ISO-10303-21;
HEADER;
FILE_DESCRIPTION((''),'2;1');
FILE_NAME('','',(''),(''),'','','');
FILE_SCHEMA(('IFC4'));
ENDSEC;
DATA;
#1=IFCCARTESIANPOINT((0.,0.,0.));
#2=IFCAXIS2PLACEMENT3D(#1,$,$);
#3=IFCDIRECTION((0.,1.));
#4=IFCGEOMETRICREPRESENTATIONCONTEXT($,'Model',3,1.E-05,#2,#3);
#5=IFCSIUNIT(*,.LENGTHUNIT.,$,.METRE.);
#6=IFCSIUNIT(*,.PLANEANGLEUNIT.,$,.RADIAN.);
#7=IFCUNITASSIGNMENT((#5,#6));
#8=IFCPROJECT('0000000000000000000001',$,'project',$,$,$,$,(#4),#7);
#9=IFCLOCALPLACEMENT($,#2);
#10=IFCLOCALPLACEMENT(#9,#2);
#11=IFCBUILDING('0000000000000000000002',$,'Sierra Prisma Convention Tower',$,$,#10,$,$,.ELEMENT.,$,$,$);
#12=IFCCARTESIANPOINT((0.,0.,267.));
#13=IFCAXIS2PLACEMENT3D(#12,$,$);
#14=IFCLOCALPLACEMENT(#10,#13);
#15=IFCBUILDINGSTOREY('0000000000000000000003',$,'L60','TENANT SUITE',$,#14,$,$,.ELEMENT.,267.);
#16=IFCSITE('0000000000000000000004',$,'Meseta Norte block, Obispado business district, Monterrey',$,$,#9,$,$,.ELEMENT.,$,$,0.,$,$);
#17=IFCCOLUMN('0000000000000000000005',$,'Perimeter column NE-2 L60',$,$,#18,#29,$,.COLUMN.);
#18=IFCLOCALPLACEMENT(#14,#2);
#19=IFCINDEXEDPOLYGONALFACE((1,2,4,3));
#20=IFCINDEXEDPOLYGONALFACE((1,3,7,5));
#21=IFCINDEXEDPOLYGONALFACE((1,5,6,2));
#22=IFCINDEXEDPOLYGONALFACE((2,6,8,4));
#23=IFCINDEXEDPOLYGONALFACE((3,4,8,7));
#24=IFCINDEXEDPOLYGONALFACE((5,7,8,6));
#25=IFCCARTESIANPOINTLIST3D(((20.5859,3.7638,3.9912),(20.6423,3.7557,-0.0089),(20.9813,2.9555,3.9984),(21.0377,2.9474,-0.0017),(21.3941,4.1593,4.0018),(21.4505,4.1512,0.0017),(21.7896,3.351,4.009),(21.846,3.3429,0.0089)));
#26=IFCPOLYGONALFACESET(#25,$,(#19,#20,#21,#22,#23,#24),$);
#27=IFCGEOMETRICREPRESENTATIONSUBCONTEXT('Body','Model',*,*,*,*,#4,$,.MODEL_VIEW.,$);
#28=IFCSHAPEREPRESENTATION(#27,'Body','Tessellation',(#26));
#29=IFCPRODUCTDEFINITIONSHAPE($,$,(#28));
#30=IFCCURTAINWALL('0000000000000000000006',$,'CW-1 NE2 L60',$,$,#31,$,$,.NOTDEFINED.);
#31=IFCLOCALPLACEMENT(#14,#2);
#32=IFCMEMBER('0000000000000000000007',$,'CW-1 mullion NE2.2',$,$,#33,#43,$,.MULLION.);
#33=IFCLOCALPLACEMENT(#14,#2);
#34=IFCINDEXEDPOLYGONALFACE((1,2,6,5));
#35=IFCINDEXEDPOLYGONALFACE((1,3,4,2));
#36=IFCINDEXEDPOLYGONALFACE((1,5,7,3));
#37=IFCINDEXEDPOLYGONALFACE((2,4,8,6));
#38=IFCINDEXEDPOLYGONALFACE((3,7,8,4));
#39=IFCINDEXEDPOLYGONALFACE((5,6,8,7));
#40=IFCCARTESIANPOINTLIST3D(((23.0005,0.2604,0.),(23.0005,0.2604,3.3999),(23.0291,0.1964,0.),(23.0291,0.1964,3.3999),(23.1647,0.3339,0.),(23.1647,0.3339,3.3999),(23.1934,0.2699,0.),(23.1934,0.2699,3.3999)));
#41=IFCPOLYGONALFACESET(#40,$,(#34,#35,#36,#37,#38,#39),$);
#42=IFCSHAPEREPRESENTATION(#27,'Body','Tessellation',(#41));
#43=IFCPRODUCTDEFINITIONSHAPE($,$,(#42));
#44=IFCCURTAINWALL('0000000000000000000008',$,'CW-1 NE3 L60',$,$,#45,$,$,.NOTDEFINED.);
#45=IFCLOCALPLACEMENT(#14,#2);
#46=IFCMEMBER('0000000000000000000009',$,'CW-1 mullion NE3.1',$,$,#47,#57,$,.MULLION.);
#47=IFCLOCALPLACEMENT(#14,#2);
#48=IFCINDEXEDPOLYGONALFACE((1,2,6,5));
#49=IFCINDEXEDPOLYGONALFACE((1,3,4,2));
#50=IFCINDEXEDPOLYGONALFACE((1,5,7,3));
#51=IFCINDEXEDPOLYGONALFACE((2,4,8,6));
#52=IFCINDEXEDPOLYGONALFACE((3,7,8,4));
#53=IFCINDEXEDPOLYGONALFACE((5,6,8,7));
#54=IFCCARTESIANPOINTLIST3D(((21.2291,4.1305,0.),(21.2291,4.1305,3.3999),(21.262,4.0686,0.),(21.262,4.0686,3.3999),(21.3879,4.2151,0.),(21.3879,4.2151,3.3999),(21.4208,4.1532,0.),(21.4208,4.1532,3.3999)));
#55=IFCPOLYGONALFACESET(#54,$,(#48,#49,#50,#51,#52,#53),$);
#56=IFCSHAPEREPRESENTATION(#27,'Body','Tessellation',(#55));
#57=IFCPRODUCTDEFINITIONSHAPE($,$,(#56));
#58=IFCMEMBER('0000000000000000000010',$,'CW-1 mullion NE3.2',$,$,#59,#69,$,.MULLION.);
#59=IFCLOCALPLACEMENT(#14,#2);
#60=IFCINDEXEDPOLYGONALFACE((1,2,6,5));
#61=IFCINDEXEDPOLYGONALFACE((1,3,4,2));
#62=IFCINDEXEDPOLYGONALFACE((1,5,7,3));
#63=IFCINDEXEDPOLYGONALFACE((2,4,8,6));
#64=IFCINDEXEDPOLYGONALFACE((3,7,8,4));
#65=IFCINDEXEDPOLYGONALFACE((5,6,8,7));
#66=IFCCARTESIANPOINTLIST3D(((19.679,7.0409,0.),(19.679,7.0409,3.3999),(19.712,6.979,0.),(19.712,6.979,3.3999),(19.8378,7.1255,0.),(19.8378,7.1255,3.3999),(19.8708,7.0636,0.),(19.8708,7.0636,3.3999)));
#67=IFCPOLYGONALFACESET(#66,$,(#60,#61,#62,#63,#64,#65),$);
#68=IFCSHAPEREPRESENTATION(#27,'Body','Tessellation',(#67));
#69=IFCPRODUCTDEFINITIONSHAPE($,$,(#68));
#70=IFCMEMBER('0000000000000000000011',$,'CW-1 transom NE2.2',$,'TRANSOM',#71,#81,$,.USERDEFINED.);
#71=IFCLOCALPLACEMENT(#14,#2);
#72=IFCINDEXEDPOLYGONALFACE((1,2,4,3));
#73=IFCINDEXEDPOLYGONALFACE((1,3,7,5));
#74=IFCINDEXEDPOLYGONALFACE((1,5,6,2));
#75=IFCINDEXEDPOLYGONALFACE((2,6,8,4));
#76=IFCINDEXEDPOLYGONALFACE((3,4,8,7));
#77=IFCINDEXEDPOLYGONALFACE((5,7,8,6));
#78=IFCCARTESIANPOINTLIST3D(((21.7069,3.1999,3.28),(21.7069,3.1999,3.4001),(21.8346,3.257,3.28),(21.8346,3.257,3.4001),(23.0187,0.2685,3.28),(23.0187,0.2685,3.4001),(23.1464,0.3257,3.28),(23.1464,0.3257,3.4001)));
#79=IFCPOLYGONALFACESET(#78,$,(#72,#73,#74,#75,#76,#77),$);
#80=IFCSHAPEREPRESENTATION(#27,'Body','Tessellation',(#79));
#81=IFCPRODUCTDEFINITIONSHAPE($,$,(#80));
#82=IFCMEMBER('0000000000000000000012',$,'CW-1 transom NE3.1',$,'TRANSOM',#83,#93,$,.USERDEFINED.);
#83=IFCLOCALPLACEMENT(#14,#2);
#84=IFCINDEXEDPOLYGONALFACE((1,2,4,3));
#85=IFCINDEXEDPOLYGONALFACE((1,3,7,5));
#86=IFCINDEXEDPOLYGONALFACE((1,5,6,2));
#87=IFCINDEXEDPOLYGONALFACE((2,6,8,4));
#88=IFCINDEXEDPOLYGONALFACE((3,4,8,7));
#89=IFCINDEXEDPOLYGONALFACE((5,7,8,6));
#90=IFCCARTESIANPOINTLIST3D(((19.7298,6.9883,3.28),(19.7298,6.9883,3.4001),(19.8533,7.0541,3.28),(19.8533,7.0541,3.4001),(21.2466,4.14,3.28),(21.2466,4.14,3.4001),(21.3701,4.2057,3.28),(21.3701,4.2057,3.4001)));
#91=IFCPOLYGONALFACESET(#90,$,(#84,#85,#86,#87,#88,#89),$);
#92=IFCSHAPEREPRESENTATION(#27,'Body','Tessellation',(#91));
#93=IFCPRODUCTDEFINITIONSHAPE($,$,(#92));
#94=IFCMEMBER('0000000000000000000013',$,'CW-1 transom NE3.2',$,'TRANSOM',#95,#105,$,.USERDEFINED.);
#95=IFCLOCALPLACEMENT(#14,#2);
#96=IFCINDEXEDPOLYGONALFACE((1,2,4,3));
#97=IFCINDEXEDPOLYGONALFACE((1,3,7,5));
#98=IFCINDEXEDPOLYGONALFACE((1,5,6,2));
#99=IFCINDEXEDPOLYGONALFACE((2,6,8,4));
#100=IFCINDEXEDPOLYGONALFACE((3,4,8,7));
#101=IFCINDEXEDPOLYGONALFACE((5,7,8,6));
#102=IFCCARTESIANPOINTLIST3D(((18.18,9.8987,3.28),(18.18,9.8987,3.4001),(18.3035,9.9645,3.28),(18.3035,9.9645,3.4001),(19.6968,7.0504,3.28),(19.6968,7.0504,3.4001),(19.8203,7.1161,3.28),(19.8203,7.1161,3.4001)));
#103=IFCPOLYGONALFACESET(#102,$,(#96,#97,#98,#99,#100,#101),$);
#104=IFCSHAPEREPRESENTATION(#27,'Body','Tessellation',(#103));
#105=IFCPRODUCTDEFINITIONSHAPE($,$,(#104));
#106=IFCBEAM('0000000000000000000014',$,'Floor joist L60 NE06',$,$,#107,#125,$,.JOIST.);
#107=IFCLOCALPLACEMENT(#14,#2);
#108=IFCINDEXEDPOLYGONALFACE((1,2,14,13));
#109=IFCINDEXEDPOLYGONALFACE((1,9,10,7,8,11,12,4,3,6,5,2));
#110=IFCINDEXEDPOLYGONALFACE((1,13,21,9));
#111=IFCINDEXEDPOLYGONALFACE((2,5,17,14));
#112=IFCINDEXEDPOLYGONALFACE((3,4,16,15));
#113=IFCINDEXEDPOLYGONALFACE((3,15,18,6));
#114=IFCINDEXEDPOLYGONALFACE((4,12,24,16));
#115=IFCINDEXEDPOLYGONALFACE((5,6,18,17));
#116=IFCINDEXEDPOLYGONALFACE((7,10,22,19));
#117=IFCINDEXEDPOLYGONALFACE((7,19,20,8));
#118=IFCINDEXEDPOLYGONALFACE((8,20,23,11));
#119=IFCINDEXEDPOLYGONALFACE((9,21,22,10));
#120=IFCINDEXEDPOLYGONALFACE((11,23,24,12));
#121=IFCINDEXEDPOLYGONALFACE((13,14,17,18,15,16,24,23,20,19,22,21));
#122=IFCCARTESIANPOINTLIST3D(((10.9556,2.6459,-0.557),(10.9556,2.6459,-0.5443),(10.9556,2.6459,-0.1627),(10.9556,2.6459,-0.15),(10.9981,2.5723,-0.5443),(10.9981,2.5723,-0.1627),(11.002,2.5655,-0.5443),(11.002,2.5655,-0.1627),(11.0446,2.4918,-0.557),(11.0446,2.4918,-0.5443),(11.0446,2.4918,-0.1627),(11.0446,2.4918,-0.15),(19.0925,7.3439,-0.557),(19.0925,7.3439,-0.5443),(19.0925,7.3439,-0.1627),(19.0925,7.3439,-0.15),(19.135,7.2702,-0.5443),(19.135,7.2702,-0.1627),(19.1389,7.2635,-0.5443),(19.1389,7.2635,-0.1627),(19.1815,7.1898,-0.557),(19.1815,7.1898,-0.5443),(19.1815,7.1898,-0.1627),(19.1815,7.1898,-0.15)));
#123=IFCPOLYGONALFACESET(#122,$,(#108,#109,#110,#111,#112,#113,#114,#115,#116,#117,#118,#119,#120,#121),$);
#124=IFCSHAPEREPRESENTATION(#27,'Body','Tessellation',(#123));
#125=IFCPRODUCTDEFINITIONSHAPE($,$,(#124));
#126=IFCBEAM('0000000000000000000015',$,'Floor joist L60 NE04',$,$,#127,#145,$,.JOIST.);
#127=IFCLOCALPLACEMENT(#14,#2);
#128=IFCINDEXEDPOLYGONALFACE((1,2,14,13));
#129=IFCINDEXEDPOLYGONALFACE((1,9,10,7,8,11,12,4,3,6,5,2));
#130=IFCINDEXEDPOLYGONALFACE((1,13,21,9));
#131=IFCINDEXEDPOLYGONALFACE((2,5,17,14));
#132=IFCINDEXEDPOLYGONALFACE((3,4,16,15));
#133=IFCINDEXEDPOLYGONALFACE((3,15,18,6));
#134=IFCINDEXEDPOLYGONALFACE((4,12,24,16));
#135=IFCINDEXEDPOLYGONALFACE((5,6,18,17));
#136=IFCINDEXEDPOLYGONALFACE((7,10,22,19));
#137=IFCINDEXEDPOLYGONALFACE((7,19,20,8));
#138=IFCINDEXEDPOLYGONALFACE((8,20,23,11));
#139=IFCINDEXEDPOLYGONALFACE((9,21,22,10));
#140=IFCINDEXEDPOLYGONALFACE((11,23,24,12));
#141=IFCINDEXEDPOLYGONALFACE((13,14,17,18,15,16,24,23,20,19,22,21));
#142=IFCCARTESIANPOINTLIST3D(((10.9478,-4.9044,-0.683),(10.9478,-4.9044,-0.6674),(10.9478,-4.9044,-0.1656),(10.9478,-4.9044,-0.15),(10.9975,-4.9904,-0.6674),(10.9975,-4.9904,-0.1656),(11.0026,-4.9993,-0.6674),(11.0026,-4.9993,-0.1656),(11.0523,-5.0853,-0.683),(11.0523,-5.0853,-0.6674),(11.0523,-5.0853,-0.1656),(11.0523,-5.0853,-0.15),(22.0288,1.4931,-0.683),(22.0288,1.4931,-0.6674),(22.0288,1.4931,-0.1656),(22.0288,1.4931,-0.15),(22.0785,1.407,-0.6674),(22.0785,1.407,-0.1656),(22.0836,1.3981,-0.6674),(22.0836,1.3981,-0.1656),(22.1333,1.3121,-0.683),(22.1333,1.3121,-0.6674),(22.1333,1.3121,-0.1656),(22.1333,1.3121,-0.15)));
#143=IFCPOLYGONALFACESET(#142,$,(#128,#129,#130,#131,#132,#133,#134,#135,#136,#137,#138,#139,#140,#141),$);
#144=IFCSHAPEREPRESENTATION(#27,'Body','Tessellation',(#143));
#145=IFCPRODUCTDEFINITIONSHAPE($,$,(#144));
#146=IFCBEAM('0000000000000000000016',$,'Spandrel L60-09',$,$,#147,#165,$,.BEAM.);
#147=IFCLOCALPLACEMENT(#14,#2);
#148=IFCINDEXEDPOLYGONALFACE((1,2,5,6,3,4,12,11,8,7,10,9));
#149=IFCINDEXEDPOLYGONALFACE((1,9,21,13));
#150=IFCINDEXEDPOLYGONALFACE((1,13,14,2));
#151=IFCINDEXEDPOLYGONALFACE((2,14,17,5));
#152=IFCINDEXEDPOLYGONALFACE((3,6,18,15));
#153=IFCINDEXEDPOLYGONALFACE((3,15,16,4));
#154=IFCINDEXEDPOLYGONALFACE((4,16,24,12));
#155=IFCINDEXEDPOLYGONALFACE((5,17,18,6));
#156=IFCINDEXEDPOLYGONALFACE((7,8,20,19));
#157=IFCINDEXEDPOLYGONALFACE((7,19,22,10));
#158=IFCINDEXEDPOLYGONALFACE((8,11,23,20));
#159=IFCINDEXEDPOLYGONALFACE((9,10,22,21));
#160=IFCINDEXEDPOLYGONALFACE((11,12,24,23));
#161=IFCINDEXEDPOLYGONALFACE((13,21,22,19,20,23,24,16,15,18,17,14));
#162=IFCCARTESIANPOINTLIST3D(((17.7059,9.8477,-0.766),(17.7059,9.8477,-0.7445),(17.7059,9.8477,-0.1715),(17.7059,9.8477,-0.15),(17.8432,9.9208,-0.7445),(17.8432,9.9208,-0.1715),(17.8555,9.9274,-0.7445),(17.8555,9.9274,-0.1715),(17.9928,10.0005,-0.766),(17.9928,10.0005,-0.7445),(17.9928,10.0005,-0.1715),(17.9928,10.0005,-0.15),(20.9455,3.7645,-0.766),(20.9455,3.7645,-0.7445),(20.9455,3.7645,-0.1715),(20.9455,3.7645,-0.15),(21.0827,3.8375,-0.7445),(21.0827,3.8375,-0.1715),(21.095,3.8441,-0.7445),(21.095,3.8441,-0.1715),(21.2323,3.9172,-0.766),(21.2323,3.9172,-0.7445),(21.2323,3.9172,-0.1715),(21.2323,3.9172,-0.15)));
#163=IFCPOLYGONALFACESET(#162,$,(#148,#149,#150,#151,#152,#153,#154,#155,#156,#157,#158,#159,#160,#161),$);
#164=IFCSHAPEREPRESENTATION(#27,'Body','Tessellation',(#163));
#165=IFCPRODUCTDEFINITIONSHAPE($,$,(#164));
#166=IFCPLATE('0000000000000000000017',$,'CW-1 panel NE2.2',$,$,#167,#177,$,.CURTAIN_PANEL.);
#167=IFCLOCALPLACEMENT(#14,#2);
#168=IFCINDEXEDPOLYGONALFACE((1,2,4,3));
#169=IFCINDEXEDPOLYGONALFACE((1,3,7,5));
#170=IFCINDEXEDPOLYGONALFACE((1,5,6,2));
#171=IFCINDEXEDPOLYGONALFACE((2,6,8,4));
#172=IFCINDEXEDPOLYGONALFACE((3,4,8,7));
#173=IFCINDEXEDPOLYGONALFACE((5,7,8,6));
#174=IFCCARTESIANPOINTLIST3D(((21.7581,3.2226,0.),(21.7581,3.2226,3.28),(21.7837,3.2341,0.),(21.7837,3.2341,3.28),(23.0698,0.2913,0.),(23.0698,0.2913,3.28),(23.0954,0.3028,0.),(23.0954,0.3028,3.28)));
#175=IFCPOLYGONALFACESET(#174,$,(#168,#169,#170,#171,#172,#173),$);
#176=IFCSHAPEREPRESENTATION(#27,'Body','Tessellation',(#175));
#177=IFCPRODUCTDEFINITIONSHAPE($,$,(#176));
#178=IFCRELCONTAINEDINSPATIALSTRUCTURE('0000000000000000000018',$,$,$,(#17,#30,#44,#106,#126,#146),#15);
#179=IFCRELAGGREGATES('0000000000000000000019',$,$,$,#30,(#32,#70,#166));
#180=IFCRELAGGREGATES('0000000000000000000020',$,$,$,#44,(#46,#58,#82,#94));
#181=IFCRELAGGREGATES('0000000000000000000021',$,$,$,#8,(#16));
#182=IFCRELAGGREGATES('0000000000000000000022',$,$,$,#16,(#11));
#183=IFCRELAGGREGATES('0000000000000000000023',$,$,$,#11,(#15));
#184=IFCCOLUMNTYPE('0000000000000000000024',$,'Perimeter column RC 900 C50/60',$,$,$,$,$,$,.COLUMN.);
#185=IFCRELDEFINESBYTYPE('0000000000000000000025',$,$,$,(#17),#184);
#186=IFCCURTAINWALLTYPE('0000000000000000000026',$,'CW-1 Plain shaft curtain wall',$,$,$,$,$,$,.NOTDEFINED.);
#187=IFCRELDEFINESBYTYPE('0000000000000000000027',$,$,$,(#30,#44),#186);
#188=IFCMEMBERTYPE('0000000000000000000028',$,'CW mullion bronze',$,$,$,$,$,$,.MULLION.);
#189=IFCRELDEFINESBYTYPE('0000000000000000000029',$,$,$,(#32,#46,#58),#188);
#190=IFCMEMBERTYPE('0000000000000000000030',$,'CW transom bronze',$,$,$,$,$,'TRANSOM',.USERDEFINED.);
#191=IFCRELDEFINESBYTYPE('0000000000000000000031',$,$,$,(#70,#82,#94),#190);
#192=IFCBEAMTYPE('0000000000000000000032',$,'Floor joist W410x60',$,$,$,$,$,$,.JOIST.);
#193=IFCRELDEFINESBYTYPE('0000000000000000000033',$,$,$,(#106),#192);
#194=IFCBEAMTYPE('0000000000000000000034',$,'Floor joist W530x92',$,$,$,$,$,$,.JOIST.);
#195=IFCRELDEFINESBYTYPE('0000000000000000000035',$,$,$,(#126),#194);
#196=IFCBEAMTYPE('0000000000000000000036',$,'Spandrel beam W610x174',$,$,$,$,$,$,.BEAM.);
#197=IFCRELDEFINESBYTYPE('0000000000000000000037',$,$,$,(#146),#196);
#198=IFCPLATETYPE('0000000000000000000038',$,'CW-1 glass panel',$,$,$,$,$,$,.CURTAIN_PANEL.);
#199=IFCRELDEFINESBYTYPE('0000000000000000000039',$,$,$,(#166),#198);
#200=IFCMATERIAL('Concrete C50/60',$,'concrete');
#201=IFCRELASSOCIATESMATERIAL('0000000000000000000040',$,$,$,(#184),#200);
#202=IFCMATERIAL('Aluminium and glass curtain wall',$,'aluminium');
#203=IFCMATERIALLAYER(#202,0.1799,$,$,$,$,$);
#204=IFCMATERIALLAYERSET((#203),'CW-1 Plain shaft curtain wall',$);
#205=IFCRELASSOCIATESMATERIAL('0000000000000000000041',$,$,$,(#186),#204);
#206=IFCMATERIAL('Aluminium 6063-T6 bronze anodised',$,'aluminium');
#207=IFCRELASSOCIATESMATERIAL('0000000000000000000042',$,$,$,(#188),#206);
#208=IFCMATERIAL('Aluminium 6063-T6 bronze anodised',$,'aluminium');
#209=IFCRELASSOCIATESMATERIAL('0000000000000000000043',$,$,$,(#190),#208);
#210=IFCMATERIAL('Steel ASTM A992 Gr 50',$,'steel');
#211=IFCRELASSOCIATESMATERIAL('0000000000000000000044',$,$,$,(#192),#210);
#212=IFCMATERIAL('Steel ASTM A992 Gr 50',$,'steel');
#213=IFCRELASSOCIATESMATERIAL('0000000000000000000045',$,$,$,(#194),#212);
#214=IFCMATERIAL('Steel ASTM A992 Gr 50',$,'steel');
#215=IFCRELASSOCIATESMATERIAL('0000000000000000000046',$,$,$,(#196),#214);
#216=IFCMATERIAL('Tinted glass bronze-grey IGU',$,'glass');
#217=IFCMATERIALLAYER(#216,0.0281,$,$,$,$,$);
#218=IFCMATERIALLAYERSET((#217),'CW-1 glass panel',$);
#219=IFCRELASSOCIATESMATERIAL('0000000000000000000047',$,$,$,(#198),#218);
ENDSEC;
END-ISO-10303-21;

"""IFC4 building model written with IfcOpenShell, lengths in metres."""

from ifc_helpers import new_model, si_unit, direction, frame, origin, origin_2d, place, context, subcontext, project, spatial, rectangle, i_section, extrude, material, layer, layer_set, material_profile, profile_set, type_object, element, aggregate, save


model = new_model("IFC4")

# Units and contexts
model_context = context("Model", 3, precision=1e-05, world=origin(), true_north=direction((0.0, 1.0)))
body_context = subcontext(model_context, "Body", "Model", "MODEL_VIEW")
ifc_project = project(units=[si_unit("LENGTHUNIT", "METRE"), si_unit("PLANEANGLEUNIT", "RADIAN")], contexts=[model_context])

# Site, building, storey
site_placement = place(None, origin())
site = spatial("IfcSite", under=ifc_project, at=site_placement, Name="Meseta Norte block, Obispado business district, Monterrey", CompositionType="ELEMENT", RefElevation=0.0)
building_placement = place(site_placement, origin())
building = spatial("IfcBuilding", under=site, at=building_placement, Name="Sierra Prisma Convention Tower", CompositionType="ELEMENT")
storey_placement = place(building_placement, frame((0.0, 0.0, 267.0)))
storey = spatial("IfcBuildingStorey", under=building, at=storey_placement, Name="L60", Description="TENANT SUITE", CompositionType="ELEMENT", Elevation=267.0)

# Column
ifc_material_1 = material(Name="Concrete C50/60", Category="concrete")
ifc_material_profile_1 = material_profile(ifc_material_1, rectangle(XDim=0.8999, YDim=0.8999, at=origin_2d()), Name="Perimeter column RC 900 C50/60")
ifc_profile_set_1 = profile_set([ifc_material_profile_1], Name="Concrete C50/60")
column_type = type_object("IfcColumnType", Name="Perimeter column RC 900 C50/60", PredefinedType="COLUMN", material=ifc_profile_set_1)
column_placement = place(storey_placement, frame((21.2441, 3.5493, 0.0), z_axis=(-0.014098, 0.002014, 0.999899), x_axis=(-0.43945, 0.898231, -0.008005)))
element("IfcColumn", 1, at=column_placement, inside=storey, type_object=column_type, Name="Perimeter column NE-2 L60", PredefinedType="COLUMN", context=body_context, shape_type="SweptSolid", body=[
    extrude(rectangle(XDim=0.8999, YDim=0.8999, at=origin_2d()), origin(), (0.0, 0.0, 1.0), 4.0005),
])

# Curtain wall, member
ifc_material_2 = material(Name="Aluminium and glass curtain wall", Category="aluminium")
ifc_layer_1 = layer(ifc_material_2, 0.1799)
ifc_layer_set_1 = layer_set([ifc_layer_1], Name="CW-1 Plain shaft curtain wall")
curtain_wall_type = type_object("IfcCurtainWallType", Name="CW-1 Plain shaft curtain wall", PredefinedType="NOTDEFINED", material=ifc_layer_set_1)
curtain_wall_1_placement = place(storey_placement, origin())
curtain_wall_1 = element("IfcCurtainWall", 2, at=curtain_wall_1_placement, inside=storey, type_object=curtain_wall_type, Name="CW-1 NE2 L60", PredefinedType="NOTDEFINED")
ifc_material_3 = material(Name="Aluminium 6063-T6 bronze anodised", Category="aluminium")
ifc_material_profile_2 = material_profile(ifc_material_3, rectangle(XDim=0.1799, YDim=0.0701, at=origin_2d()), Name="ALU MULLION 70x180")
ifc_profile_set_2 = profile_set([ifc_material_profile_2], Name="Aluminium 6063-T6 bronze anodised")
member_type_1 = type_object("IfcMemberType", Name="CW mullion bronze", PredefinedType="MULLION", material=ifc_profile_set_2)
member_1_placement = place(storey_placement, frame((23.0969, 0.2651, 0.0), z_axis=(0.0, 0.0, 1.0), x_axis=(-0.912782, -0.408447, 0.0)))
member_1 = element("IfcMember", 3, at=member_1_placement, type_object=member_type_1, Name="CW-1 mullion NE2.2", PredefinedType="MULLION", context=body_context, shape_type="SweptSolid", body=[
    extrude(rectangle(XDim=0.1799, YDim=0.0701, at=origin_2d()), origin(), (0.0, 0.0, 1.0), 3.3999),
])

# Curtain wall, members
curtain_wall_2_placement = place(storey_placement, origin())
curtain_wall_2 = element("IfcCurtainWall", 4, at=curtain_wall_2_placement, inside=storey, type_object=curtain_wall_type, Name="CW-1 NE3 L60", PredefinedType="NOTDEFINED")
member_2_placement = place(storey_placement, frame((21.325, 4.1418, 0.0), z_axis=(0.0, 0.0, 1.0), x_axis=(-0.882654, -0.470023, 0.0)))
member_2 = element("IfcMember", 5, at=member_2_placement, type_object=member_type_1, Name="CW-1 mullion NE3.1", PredefinedType="MULLION", context=body_context, shape_type="SweptSolid", body=[
    extrude(rectangle(XDim=0.1799, YDim=0.0701, at=origin_2d()), origin(), (0.0, 0.0, 1.0), 3.3999),
])
member_3_placement = place(storey_placement, frame((19.7749, 7.0522, 0.0), z_axis=(0.0, 0.0, 1.0), x_axis=(-0.882654, -0.470023, 0.0)))
member_3 = element("IfcMember", 6, at=member_3_placement, type_object=member_type_1, Name="CW-1 mullion NE3.2", PredefinedType="MULLION", context=body_context, shape_type="SweptSolid", body=[
    extrude(rectangle(XDim=0.1799, YDim=0.0701, at=origin_2d()), origin(), (0.0, 0.0, 1.0), 3.3999),
])

# Members
ifc_material_4 = material(Name="Aluminium 6063-T6 bronze anodised", Category="aluminium")
ifc_material_profile_3 = material_profile(ifc_material_4, rectangle(XDim=0.1399, YDim=0.1201, at=origin_2d()), Name="ALU TRANSOM 120x140")
ifc_profile_set_3 = profile_set([ifc_material_profile_3], Name="Aluminium 6063-T6 bronze anodised")
member_type_2 = type_object("IfcMemberType", Name="CW transom bronze", ElementType="TRANSOM", PredefinedType="USERDEFINED", material=ifc_profile_set_3)
member_4_placement = place(storey_placement, frame((23.0825, 0.2971, 3.3401), z_axis=(-0.408458, 0.912777, 0.0), x_axis=(-0.912777, -0.408458, 0.0)))
member_4 = element("IfcMember", 7, at=member_4_placement, type_object=member_type_2, Name="CW-1 transom NE2.2", ObjectType="TRANSOM", PredefinedType="USERDEFINED", context=body_context, shape_type="SweptSolid", body=[
    extrude(rectangle(XDim=0.1399, YDim=0.1201, at=origin_2d()), origin(), (0.0, 0.0, 1.0), 3.2114),
])
member_5_placement = place(storey_placement, frame((21.3083, 4.1729, 3.3401), z_axis=(-0.470034, 0.882648, 0.0), x_axis=(-0.882648, -0.470034, 0.0)))
member_5 = element("IfcMember", 8, at=member_5_placement, type_object=member_type_2, Name="CW-1 transom NE3.1", ObjectType="TRANSOM", PredefinedType="USERDEFINED", context=body_context, shape_type="SweptSolid", body=[
    extrude(rectangle(XDim=0.1399, YDim=0.1201, at=origin_2d()), origin(), (0.0, 0.0, 1.0), 3.2271),
])
member_6_placement = place(storey_placement, frame((19.7585, 7.0833, 3.3401), z_axis=(-0.470034, 0.882648, 0.0), x_axis=(-0.882648, -0.470034, 0.0)))
member_6 = element("IfcMember", 9, at=member_6_placement, type_object=member_type_2, Name="CW-1 transom NE3.2", ObjectType="TRANSOM", PredefinedType="USERDEFINED", context=body_context, shape_type="SweptSolid", body=[
    extrude(rectangle(XDim=0.1399, YDim=0.1201, at=origin_2d()), origin(), (0.0, 0.0, 1.0), 3.2271),
])

# Beams
ifc_material_5 = material(Name="Steel ASTM A992 Gr 50", Category="steel")
ifc_material_profile_4 = material_profile(ifc_material_5, i_section(OverallWidth=0.178, OverallDepth=0.407, WebThickness=0.0078, FlangeThickness=0.0127, at=origin_2d()), Name="W410x60")
ifc_profile_set_4 = profile_set([ifc_material_profile_4], Name="Steel ASTM A992 Gr 50")
beam_type_1 = type_object("IfcBeamType", Name="Floor joist W410x60", PredefinedType="JOIST", material=ifc_profile_set_4)
beam_1_placement = place(storey_placement, frame((19.137, 7.2668, -0.3535), z_axis=(-0.86602, -0.50001, 0.0), x_axis=(0.50001, -0.86602, 0.0)))
element("IfcBeam", 10, at=beam_1_placement, inside=storey, type_object=beam_type_1, Name="Floor joist L60 NE06", PredefinedType="JOIST", context=body_context, shape_type="SweptSolid", body=[
    extrude(i_section(OverallWidth=0.178, OverallDepth=0.407, WebThickness=0.0078, FlangeThickness=0.0127, at=origin_2d()), origin(), (0.0, 0.0, 1.0), 9.3958),
])
ifc_material_6 = material(Name="Steel ASTM A992 Gr 50", Category="steel")
ifc_material_profile_5 = material_profile(ifc_material_6, i_section(OverallWidth=0.209, OverallDepth=0.533, WebThickness=0.0103, FlangeThickness=0.0156, at=origin_2d()), Name="W530x92")
ifc_profile_set_5 = profile_set([ifc_material_profile_5], Name="Steel ASTM A992 Gr 50")
beam_type_2 = type_object("IfcBeamType", Name="Floor joist W530x92", PredefinedType="JOIST", material=ifc_profile_set_5)
beam_2_placement = place(storey_placement, frame((22.0811, 1.4026, -0.4165), z_axis=(-0.866032, -0.499989, 0.0), x_axis=(0.499989, -0.866032, 0.0)))
element("IfcBeam", 11, at=beam_2_placement, inside=storey, type_object=beam_type_2, Name="Floor joist L60 NE04", PredefinedType="JOIST", context=body_context, shape_type="SweptSolid", body=[
    extrude(i_section(OverallWidth=0.209, OverallDepth=0.533, WebThickness=0.0103, FlangeThickness=0.0156, at=origin_2d()), origin(), (0.0, 0.0, 1.0), 12.7952),
])
ifc_material_7 = material(Name="Steel ASTM A992 Gr 50", Category="steel")
ifc_material_profile_6 = material_profile(ifc_material_7, i_section(OverallWidth=0.325, OverallDepth=0.616, WebThickness=0.0139, FlangeThickness=0.0215, at=origin_2d()), Name="W610x174")
ifc_profile_set_6 = profile_set([ifc_material_profile_6], Name="Steel ASTM A992 Gr 50")
beam_type_3 = type_object("IfcBeamType", Name="Spandrel beam W610x174", PredefinedType="BEAM", material=ifc_profile_set_6)
beam_3_placement = place(storey_placement, frame((21.0889, 3.8408, -0.458), z_axis=(-0.470035, 0.882648, 0.0), x_axis=(-0.882648, -0.470035, 0.0)))
element("IfcBeam", 12, at=beam_3_placement, inside=storey, type_object=beam_type_3, Name="Spandrel L60-09", PredefinedType="BEAM", context=body_context, shape_type="SweptSolid", body=[
    extrude(i_section(OverallWidth=0.325, OverallDepth=0.616, WebThickness=0.0139, FlangeThickness=0.0215, at=origin_2d()), origin(), (0.0, 0.0, 1.0), 6.8921),
])

# Plate
ifc_material_8 = material(Name="Tinted glass bronze-grey IGU", Category="glass")
ifc_layer_2 = layer(ifc_material_8, 0.0281)
ifc_layer_set_2 = layer_set([ifc_layer_2], Name="CW-1 glass panel")
plate_type = type_object("IfcPlateType", Name="CW-1 glass panel", PredefinedType="CURTAIN_PANEL", material=ifc_layer_set_2)
plate_1_placement = place(storey_placement, frame((22.4268, 1.7627, 0.0), z_axis=(0.0, 0.0, 1.0), x_axis=(-0.408447, 0.912782, 0.0)))
plate_1 = element("IfcPlate", 13, at=plate_1_placement, type_object=plate_type, Name="CW-1 panel NE2.2", PredefinedType="CURTAIN_PANEL", context=body_context, shape_type="SweptSolid", body=[
    extrude(rectangle(XDim=3.2114, YDim=0.0281, at=origin_2d()), origin(), (0.0, 0.0, 1.0), 3.28),
])
aggregate(curtain_wall_1, [member_1, member_4, plate_1])
aggregate(curtain_wall_2, [member_2, member_3, member_5, member_6])

save(model, "model.ifc")
